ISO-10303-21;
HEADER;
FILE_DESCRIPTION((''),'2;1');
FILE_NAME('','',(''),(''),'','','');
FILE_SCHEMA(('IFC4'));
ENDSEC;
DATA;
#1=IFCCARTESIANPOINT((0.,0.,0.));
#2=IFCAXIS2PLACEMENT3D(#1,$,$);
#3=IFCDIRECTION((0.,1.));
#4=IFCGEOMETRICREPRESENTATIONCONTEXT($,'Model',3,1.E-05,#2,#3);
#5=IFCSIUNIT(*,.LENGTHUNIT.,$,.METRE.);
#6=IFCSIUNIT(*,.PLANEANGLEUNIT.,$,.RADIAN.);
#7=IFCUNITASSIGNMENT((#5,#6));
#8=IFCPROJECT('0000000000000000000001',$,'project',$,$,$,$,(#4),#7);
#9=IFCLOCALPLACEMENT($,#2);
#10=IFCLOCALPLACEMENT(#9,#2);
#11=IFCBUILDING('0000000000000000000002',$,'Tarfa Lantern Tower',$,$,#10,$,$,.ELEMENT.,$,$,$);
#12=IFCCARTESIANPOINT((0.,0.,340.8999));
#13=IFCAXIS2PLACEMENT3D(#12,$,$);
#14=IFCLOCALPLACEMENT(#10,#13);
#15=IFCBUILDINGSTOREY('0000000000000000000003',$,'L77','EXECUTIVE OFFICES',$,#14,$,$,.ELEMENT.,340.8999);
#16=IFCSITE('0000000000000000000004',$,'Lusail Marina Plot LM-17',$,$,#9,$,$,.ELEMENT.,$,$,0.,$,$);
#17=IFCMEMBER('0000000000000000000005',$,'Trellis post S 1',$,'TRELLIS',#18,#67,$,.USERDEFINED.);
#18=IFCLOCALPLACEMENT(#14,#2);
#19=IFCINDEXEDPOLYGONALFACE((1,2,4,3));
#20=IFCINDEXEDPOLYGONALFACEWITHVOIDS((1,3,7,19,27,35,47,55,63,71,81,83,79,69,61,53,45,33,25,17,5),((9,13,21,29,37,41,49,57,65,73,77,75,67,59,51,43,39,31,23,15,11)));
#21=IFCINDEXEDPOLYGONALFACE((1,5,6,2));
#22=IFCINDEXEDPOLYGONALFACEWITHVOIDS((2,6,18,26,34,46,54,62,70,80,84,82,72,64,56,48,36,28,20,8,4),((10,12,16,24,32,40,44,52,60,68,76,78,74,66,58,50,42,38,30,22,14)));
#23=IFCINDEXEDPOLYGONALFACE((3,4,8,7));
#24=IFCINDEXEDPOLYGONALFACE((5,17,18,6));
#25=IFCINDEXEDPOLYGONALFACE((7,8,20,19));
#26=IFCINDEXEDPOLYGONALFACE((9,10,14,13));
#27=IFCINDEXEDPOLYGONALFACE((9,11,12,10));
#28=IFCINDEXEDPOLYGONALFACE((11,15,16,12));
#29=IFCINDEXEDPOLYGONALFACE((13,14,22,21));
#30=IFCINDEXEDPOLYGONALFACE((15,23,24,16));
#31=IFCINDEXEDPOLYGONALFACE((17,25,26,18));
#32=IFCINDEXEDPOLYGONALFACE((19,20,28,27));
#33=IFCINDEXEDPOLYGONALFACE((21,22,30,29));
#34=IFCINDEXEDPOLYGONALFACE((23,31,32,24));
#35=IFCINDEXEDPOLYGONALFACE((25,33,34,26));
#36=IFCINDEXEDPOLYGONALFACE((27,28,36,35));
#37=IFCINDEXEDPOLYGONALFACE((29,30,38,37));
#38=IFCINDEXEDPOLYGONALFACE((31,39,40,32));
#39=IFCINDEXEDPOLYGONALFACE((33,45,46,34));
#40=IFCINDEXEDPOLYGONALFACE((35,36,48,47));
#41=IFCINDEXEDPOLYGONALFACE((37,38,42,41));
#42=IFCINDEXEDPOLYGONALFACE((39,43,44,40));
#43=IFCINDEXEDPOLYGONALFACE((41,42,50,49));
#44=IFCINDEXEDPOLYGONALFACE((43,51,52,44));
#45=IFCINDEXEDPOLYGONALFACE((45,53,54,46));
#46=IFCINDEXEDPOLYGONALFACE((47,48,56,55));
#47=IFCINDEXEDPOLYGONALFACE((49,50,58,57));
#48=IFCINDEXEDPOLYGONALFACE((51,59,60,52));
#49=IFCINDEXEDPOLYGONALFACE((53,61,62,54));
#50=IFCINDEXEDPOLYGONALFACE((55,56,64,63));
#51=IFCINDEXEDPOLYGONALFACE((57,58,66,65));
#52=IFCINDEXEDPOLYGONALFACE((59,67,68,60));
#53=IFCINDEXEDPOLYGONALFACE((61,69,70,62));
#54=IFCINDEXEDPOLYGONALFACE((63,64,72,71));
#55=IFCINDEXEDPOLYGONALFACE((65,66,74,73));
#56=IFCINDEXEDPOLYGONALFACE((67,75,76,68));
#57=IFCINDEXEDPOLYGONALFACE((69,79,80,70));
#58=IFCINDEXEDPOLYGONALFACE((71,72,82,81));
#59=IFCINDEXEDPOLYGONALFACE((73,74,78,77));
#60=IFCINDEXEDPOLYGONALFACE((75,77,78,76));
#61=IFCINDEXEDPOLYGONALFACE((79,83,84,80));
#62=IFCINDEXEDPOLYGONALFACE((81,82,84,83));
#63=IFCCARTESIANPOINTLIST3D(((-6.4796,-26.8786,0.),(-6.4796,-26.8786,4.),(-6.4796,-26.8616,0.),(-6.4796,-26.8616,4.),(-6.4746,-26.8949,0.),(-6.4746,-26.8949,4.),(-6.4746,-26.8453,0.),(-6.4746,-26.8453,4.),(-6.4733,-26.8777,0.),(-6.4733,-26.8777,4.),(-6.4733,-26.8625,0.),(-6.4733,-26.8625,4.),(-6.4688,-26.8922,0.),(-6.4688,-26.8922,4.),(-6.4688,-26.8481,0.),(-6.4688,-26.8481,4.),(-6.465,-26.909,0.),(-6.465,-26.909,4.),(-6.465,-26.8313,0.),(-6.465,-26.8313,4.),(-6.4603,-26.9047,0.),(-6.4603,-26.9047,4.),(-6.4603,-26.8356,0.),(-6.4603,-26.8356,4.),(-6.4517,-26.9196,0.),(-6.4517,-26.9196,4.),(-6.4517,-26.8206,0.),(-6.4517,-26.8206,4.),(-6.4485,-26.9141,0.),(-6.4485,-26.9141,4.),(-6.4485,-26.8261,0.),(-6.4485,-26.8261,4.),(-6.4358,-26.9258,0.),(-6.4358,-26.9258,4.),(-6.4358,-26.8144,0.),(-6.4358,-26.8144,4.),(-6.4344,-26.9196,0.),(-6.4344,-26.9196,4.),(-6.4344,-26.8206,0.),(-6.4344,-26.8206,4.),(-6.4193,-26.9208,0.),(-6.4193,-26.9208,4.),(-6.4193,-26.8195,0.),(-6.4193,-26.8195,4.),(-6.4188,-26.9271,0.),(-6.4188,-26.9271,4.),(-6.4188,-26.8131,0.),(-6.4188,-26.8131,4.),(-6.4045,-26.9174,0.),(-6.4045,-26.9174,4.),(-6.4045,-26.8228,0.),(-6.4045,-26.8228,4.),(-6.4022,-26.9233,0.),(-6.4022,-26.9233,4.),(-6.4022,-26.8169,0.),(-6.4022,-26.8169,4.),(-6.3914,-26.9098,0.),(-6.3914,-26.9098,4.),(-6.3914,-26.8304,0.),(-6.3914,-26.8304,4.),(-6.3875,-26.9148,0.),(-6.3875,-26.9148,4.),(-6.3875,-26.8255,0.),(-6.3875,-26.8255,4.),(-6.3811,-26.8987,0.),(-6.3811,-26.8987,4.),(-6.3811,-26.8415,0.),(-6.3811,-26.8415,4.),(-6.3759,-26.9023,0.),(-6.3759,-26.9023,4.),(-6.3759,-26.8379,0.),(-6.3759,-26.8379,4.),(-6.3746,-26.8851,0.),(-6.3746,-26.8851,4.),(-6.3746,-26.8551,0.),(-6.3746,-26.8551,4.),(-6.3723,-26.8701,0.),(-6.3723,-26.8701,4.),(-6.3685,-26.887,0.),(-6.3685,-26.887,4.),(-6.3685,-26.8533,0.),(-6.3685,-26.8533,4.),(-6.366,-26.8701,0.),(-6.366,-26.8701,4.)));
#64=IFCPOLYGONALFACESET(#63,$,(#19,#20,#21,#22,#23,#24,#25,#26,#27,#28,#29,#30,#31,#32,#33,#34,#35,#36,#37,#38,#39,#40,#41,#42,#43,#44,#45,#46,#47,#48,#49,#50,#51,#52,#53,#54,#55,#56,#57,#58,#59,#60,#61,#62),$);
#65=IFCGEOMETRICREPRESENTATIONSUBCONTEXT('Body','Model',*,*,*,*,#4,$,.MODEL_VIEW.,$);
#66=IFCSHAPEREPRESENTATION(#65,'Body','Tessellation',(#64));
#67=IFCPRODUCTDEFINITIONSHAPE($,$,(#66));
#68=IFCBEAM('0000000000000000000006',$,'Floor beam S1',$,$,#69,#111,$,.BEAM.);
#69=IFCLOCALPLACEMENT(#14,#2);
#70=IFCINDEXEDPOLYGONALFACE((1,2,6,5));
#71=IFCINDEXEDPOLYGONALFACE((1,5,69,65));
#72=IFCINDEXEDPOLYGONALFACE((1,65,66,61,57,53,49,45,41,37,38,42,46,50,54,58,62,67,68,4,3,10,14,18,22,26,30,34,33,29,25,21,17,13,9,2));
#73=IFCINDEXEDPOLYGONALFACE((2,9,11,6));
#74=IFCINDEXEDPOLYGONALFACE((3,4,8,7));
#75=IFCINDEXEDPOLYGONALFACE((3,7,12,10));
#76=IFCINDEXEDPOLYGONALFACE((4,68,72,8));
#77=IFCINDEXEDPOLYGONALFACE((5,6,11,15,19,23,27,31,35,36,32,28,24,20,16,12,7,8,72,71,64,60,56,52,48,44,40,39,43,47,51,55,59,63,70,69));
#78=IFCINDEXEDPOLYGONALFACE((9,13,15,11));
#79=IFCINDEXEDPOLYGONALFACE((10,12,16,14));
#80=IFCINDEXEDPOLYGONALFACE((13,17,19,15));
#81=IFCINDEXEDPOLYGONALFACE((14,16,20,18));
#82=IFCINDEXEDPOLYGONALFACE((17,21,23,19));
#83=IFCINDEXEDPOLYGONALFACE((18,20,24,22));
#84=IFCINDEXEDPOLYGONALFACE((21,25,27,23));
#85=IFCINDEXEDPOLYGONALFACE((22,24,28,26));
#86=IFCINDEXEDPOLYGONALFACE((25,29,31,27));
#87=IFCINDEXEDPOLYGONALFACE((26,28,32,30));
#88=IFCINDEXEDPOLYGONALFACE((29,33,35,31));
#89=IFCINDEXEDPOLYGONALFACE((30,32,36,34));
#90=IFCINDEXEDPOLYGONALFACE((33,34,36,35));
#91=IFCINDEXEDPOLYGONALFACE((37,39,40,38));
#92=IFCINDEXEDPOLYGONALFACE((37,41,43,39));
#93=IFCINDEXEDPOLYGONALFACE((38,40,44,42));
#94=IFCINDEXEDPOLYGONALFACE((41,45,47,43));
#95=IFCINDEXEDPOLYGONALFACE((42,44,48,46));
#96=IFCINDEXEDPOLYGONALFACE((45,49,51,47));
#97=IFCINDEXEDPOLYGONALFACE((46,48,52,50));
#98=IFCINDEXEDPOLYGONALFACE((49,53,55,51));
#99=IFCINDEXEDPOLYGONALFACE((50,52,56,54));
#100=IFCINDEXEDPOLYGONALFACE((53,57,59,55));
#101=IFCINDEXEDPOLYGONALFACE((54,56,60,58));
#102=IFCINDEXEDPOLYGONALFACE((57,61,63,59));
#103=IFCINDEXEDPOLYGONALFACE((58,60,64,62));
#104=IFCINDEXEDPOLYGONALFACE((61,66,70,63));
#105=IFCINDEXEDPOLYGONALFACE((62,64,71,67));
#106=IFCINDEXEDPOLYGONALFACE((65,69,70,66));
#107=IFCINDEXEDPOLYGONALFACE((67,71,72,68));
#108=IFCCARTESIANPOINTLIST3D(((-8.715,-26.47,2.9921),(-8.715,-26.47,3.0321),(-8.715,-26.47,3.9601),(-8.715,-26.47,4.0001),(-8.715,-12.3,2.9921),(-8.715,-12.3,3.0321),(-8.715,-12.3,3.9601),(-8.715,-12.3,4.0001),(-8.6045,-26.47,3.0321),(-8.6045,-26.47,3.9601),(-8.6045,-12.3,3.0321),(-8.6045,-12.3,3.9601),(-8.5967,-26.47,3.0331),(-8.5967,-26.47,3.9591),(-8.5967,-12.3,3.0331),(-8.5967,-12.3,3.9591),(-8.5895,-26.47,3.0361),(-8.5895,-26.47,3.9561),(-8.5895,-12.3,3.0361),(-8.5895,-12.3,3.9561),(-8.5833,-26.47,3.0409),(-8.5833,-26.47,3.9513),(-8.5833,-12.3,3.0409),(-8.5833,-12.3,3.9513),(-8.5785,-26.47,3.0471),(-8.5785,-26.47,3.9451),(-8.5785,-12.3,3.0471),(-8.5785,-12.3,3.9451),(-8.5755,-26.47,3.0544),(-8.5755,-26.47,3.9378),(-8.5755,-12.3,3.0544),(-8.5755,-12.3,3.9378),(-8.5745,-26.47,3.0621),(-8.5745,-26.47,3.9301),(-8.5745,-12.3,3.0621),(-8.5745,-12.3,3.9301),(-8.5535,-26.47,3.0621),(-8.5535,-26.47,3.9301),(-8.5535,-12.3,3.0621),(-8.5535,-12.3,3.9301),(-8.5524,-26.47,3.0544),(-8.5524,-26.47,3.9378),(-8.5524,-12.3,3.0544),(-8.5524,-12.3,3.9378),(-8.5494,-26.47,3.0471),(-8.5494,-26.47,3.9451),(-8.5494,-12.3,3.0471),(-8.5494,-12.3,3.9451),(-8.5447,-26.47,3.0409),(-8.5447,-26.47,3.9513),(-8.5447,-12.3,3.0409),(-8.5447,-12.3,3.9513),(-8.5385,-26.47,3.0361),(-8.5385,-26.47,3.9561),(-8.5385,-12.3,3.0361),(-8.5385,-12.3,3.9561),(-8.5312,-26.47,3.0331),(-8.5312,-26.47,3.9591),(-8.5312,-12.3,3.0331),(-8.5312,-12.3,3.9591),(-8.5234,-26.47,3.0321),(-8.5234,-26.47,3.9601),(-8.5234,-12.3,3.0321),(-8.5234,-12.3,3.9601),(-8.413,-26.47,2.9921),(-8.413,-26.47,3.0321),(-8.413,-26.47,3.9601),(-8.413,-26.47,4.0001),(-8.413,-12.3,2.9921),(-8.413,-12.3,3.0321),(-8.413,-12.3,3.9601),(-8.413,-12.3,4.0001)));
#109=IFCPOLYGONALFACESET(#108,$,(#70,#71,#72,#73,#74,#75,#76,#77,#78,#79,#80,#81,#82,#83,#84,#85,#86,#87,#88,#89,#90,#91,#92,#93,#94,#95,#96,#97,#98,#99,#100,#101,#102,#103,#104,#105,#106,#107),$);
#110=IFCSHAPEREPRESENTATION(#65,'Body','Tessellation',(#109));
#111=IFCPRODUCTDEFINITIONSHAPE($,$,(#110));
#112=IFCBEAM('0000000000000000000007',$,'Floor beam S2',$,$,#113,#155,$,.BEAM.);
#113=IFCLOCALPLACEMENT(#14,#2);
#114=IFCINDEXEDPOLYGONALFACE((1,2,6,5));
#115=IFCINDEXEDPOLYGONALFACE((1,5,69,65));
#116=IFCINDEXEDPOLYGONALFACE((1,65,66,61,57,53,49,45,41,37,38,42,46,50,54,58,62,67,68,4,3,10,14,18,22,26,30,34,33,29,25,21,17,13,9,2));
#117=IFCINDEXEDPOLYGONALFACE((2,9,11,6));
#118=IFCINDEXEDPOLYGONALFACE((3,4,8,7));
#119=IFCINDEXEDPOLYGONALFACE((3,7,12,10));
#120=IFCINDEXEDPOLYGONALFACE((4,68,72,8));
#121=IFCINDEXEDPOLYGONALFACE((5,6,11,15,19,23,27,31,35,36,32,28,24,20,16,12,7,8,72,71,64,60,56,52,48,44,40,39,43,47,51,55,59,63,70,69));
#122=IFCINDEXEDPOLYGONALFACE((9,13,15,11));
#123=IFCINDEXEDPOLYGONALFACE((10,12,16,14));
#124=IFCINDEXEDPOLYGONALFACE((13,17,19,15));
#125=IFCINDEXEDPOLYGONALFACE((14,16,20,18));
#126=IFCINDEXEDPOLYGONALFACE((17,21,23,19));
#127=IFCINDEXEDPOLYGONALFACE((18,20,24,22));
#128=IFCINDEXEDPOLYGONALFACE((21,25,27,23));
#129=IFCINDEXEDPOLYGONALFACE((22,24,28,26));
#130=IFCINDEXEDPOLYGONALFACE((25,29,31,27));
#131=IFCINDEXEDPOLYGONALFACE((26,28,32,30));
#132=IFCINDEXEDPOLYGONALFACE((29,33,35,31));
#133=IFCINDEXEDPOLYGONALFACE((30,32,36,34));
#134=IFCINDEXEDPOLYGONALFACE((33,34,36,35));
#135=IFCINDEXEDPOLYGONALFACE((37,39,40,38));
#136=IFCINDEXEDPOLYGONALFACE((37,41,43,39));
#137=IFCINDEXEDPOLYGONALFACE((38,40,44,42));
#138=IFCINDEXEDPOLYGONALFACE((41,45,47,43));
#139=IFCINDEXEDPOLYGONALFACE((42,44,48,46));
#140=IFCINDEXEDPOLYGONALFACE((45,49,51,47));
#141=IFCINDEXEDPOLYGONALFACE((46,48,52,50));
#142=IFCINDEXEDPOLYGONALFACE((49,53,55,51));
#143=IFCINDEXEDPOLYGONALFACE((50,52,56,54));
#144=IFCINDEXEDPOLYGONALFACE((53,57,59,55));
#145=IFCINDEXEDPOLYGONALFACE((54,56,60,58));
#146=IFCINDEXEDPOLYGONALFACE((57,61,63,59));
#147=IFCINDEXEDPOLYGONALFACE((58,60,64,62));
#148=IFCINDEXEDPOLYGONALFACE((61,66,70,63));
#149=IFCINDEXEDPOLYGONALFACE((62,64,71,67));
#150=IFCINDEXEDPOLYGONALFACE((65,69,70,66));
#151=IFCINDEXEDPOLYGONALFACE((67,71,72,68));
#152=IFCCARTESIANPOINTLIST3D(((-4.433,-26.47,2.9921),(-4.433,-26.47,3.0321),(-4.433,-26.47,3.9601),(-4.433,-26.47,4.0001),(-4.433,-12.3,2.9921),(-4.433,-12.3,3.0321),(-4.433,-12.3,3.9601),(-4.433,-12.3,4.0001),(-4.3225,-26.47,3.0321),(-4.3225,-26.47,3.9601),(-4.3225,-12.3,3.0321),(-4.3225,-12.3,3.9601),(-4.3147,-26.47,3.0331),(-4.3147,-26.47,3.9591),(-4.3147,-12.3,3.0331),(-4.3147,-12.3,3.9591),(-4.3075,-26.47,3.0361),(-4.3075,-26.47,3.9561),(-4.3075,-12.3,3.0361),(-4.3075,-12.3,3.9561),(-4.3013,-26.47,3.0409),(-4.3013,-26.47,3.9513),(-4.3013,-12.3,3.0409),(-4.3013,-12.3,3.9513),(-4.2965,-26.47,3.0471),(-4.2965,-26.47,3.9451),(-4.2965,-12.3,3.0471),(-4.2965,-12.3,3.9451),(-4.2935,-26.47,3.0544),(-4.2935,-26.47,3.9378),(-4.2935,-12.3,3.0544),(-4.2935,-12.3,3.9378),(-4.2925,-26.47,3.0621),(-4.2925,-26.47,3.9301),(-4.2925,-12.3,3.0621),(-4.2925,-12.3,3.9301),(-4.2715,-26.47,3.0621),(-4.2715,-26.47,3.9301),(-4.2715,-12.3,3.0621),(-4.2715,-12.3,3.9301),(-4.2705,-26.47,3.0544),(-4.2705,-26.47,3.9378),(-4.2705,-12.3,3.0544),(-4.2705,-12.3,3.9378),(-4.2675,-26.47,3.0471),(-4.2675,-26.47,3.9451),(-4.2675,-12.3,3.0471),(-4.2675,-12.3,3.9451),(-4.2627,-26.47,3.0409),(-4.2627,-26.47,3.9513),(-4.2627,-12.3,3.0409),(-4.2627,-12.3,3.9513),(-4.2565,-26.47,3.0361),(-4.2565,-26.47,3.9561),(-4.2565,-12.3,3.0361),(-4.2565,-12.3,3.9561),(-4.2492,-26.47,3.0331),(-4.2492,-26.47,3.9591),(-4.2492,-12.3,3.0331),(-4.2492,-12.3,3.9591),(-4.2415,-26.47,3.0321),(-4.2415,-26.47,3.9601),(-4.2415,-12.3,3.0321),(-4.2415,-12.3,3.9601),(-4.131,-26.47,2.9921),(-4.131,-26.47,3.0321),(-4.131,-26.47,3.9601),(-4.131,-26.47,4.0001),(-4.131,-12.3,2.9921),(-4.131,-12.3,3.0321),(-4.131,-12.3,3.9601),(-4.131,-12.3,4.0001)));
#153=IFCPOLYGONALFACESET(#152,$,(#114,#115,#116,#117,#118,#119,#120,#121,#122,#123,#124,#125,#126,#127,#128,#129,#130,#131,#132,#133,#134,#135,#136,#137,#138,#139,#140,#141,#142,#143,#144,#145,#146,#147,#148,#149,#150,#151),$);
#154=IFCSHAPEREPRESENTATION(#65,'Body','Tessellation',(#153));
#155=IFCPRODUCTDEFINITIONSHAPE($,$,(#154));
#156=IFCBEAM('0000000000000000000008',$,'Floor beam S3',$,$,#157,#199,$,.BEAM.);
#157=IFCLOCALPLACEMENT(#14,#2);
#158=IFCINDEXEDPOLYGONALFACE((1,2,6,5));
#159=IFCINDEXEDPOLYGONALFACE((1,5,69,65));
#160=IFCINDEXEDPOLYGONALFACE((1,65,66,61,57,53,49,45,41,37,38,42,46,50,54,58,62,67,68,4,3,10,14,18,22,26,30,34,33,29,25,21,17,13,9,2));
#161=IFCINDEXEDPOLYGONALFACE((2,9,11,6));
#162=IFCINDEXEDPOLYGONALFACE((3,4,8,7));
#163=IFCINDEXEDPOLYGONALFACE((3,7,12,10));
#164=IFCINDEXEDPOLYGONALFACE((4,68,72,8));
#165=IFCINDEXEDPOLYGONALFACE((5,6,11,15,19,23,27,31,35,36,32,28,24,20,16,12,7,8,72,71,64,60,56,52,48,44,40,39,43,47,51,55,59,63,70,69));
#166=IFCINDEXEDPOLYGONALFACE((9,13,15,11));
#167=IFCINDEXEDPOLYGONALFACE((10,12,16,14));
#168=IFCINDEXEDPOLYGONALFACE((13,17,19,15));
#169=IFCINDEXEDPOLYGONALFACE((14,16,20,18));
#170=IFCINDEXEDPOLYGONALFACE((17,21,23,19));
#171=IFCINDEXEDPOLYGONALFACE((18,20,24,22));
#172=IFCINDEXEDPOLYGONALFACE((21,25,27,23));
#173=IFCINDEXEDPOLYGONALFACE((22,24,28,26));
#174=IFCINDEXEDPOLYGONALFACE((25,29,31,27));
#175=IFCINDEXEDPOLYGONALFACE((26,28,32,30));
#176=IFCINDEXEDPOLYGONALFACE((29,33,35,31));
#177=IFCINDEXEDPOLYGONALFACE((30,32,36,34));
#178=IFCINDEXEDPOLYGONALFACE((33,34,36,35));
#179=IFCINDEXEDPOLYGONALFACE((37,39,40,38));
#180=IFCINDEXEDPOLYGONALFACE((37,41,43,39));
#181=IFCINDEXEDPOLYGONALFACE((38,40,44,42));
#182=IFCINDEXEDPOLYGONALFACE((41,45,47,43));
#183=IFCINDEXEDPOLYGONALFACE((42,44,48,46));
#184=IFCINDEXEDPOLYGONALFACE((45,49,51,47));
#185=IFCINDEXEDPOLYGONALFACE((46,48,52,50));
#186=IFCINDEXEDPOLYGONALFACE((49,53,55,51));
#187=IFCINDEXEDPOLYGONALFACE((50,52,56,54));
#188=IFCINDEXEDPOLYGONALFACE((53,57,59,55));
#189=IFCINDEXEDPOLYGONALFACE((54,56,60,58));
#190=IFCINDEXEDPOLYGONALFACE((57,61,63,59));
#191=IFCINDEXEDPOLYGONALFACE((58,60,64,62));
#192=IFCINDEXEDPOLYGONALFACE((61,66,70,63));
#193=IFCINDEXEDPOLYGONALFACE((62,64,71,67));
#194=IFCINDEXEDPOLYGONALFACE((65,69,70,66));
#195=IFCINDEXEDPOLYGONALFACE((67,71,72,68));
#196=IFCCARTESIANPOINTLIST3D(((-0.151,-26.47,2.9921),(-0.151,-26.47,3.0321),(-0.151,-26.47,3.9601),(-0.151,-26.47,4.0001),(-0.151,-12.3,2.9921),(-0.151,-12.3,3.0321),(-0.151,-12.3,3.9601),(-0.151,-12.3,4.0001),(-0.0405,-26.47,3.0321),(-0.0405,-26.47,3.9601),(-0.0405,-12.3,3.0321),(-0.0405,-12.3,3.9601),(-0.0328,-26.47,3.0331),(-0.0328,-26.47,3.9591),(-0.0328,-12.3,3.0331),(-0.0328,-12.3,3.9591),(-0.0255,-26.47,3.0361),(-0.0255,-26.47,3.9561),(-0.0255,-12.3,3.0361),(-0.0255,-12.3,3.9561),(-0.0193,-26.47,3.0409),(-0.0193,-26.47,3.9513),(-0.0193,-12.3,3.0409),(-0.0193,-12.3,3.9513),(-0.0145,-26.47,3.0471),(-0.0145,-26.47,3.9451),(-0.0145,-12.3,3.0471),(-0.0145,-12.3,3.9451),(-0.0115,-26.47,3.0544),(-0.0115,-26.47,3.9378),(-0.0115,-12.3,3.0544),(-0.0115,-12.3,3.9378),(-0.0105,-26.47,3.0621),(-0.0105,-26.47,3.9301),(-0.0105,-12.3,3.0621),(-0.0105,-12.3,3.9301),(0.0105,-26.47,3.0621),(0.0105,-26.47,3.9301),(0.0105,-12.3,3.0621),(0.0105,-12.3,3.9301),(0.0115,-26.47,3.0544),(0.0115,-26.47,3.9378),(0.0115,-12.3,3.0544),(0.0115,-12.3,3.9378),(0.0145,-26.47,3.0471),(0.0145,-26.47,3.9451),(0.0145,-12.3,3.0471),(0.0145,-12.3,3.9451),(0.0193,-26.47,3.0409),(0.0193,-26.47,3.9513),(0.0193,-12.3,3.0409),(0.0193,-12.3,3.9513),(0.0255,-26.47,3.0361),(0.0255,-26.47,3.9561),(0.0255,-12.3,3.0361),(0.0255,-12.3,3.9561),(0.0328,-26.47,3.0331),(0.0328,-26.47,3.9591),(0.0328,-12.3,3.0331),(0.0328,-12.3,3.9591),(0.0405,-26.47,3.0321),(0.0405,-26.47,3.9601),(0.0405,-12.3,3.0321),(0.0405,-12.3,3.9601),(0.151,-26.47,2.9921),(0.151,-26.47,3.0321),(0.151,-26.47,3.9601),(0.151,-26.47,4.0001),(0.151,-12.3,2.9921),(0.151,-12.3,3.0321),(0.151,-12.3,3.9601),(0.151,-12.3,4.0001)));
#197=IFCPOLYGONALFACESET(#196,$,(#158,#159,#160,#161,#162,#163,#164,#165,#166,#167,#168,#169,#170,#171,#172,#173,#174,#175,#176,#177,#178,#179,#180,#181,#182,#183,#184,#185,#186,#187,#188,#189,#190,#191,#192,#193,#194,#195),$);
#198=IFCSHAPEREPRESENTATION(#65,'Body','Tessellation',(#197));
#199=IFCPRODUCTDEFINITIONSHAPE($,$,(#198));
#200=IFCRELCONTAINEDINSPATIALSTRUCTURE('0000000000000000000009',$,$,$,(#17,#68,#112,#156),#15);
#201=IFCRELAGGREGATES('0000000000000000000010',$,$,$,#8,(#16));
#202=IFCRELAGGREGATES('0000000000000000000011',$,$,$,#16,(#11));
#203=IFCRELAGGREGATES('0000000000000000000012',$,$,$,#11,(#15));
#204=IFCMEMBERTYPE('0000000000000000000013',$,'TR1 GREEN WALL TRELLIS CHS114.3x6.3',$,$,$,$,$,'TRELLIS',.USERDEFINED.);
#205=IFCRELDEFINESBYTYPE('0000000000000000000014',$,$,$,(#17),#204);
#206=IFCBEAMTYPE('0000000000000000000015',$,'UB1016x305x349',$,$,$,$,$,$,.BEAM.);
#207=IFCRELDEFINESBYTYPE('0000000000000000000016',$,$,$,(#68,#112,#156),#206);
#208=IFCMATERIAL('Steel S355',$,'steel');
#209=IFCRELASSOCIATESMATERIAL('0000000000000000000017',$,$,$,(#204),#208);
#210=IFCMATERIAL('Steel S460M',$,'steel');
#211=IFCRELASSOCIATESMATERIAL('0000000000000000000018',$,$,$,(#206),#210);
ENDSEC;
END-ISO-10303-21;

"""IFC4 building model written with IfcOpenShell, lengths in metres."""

from ifc_helpers import new_model, si_unit, direction, frame, origin, origin_2d, place, context, subcontext, project, spatial, hollow_circle, i_section, extrude, material, material_profile, profile_set, type_object, element, save


model = new_model("IFC4")

# Units and contexts
model_context = context("Model", 3, precision=1e-05, world=origin(), true_north=direction((0.0, 1.0)))
body_context = subcontext(model_context, "Body", "Model", "MODEL_VIEW")
ifc_project = project(units=[si_unit("LENGTHUNIT", "METRE"), si_unit("PLANEANGLEUNIT", "RADIAN")], contexts=[model_context])

# Site, building, storey
site_placement = place(None, origin())
site = spatial("IfcSite", under=ifc_project, at=site_placement, Name="Lusail Marina Plot LM-17", CompositionType="ELEMENT", RefElevation=0.0)
building_placement = place(site_placement, origin())
building = spatial("IfcBuilding", under=site, at=building_placement, Name="Tarfa Lantern Tower", CompositionType="ELEMENT")
storey_placement = place(building_placement, frame((0.0, 0.0, 340.8999)))
storey = spatial("IfcBuildingStorey", under=building, at=storey_placement, Name="L77", Description="EXECUTIVE OFFICES", CompositionType="ELEMENT", Elevation=340.8999)

# Member
ifc_material_1 = material(Name="Steel S355", Category="steel")
ifc_material_profile_1 = material_profile(ifc_material_1, hollow_circle(Radius=0.0571, WallThickness=0.0063, at=origin_2d()), Name="CHS114.3x6.3")
ifc_profile_set_1 = profile_set([ifc_material_profile_1], Name="Steel S355")
member_type_1 = type_object("IfcMemberType", Name="TR1 GREEN WALL TRELLIS CHS114.3x6.3", ElementType="TRELLIS", PredefinedType="USERDEFINED", material=ifc_profile_set_1)
member_1_placement = place(storey_placement, frame((-6.4231, -26.8701, 0.0), z_axis=(0.0, 0.0, 1.0), x_axis=(1.0, 0.0, 0.0)))
element("IfcMember", 1, at=member_1_placement, inside=storey, type_object=member_type_1, Name="Trellis post S 1", ObjectType="TRELLIS", PredefinedType="USERDEFINED", context=body_context, shape_type="SweptSolid", body=[
    extrude(hollow_circle(Radius=0.0571, WallThickness=0.0063, at=origin_2d()), origin(), (0.0, 0.0, 1.0), 4.0),
])

# Beams
ifc_material_2 = material(Name="Steel S460M", Category="steel")
ifc_material_profile_2 = material_profile(ifc_material_2, i_section(OverallWidth=0.302, OverallDepth=1.0081, WebThickness=0.021, FlangeThickness=0.04, FilletRadius=0.03, at=origin_2d()), Name="UB1016x305x349")
ifc_profile_set_2 = profile_set([ifc_material_profile_2], Name="Steel S460M")
beam_type_1 = type_object("IfcBeamType", Name="UB1016x305x349", PredefinedType="BEAM", material=ifc_profile_set_2)
for number, where, z_axis, x_axis, name in (
    (2, (-8.564, -26.47, 3.4961), (0.0, 1.0, 0.0), (-1.0, 0.0, 0.0), "Floor beam S1"),
    (3, (-4.282, -26.47, 3.4961), (0.0, 1.0, 0.0), (-1.0, 0.0, 0.0), "Floor beam S2"),
    (4, (0.0, -26.47, 3.4961), (0.0, 1.0, 0.0), (-1.0, 0.0, 0.0), "Floor beam S3"),
):
    element("IfcBeam", number, at=place(storey_placement, frame(where, z_axis=z_axis, x_axis=x_axis)), inside=storey, type_object=beam_type_1, Name=name, PredefinedType="BEAM", context=body_context, shape_type="SweptSolid", body=[
        extrude(i_section(OverallWidth=0.302, OverallDepth=1.0081, WebThickness=0.021, FlangeThickness=0.04, FilletRadius=0.03, at=origin_2d()), origin(), (0.0, 0.0, 1.0), 14.1699),
    ])

save(model, "model.ifc")
